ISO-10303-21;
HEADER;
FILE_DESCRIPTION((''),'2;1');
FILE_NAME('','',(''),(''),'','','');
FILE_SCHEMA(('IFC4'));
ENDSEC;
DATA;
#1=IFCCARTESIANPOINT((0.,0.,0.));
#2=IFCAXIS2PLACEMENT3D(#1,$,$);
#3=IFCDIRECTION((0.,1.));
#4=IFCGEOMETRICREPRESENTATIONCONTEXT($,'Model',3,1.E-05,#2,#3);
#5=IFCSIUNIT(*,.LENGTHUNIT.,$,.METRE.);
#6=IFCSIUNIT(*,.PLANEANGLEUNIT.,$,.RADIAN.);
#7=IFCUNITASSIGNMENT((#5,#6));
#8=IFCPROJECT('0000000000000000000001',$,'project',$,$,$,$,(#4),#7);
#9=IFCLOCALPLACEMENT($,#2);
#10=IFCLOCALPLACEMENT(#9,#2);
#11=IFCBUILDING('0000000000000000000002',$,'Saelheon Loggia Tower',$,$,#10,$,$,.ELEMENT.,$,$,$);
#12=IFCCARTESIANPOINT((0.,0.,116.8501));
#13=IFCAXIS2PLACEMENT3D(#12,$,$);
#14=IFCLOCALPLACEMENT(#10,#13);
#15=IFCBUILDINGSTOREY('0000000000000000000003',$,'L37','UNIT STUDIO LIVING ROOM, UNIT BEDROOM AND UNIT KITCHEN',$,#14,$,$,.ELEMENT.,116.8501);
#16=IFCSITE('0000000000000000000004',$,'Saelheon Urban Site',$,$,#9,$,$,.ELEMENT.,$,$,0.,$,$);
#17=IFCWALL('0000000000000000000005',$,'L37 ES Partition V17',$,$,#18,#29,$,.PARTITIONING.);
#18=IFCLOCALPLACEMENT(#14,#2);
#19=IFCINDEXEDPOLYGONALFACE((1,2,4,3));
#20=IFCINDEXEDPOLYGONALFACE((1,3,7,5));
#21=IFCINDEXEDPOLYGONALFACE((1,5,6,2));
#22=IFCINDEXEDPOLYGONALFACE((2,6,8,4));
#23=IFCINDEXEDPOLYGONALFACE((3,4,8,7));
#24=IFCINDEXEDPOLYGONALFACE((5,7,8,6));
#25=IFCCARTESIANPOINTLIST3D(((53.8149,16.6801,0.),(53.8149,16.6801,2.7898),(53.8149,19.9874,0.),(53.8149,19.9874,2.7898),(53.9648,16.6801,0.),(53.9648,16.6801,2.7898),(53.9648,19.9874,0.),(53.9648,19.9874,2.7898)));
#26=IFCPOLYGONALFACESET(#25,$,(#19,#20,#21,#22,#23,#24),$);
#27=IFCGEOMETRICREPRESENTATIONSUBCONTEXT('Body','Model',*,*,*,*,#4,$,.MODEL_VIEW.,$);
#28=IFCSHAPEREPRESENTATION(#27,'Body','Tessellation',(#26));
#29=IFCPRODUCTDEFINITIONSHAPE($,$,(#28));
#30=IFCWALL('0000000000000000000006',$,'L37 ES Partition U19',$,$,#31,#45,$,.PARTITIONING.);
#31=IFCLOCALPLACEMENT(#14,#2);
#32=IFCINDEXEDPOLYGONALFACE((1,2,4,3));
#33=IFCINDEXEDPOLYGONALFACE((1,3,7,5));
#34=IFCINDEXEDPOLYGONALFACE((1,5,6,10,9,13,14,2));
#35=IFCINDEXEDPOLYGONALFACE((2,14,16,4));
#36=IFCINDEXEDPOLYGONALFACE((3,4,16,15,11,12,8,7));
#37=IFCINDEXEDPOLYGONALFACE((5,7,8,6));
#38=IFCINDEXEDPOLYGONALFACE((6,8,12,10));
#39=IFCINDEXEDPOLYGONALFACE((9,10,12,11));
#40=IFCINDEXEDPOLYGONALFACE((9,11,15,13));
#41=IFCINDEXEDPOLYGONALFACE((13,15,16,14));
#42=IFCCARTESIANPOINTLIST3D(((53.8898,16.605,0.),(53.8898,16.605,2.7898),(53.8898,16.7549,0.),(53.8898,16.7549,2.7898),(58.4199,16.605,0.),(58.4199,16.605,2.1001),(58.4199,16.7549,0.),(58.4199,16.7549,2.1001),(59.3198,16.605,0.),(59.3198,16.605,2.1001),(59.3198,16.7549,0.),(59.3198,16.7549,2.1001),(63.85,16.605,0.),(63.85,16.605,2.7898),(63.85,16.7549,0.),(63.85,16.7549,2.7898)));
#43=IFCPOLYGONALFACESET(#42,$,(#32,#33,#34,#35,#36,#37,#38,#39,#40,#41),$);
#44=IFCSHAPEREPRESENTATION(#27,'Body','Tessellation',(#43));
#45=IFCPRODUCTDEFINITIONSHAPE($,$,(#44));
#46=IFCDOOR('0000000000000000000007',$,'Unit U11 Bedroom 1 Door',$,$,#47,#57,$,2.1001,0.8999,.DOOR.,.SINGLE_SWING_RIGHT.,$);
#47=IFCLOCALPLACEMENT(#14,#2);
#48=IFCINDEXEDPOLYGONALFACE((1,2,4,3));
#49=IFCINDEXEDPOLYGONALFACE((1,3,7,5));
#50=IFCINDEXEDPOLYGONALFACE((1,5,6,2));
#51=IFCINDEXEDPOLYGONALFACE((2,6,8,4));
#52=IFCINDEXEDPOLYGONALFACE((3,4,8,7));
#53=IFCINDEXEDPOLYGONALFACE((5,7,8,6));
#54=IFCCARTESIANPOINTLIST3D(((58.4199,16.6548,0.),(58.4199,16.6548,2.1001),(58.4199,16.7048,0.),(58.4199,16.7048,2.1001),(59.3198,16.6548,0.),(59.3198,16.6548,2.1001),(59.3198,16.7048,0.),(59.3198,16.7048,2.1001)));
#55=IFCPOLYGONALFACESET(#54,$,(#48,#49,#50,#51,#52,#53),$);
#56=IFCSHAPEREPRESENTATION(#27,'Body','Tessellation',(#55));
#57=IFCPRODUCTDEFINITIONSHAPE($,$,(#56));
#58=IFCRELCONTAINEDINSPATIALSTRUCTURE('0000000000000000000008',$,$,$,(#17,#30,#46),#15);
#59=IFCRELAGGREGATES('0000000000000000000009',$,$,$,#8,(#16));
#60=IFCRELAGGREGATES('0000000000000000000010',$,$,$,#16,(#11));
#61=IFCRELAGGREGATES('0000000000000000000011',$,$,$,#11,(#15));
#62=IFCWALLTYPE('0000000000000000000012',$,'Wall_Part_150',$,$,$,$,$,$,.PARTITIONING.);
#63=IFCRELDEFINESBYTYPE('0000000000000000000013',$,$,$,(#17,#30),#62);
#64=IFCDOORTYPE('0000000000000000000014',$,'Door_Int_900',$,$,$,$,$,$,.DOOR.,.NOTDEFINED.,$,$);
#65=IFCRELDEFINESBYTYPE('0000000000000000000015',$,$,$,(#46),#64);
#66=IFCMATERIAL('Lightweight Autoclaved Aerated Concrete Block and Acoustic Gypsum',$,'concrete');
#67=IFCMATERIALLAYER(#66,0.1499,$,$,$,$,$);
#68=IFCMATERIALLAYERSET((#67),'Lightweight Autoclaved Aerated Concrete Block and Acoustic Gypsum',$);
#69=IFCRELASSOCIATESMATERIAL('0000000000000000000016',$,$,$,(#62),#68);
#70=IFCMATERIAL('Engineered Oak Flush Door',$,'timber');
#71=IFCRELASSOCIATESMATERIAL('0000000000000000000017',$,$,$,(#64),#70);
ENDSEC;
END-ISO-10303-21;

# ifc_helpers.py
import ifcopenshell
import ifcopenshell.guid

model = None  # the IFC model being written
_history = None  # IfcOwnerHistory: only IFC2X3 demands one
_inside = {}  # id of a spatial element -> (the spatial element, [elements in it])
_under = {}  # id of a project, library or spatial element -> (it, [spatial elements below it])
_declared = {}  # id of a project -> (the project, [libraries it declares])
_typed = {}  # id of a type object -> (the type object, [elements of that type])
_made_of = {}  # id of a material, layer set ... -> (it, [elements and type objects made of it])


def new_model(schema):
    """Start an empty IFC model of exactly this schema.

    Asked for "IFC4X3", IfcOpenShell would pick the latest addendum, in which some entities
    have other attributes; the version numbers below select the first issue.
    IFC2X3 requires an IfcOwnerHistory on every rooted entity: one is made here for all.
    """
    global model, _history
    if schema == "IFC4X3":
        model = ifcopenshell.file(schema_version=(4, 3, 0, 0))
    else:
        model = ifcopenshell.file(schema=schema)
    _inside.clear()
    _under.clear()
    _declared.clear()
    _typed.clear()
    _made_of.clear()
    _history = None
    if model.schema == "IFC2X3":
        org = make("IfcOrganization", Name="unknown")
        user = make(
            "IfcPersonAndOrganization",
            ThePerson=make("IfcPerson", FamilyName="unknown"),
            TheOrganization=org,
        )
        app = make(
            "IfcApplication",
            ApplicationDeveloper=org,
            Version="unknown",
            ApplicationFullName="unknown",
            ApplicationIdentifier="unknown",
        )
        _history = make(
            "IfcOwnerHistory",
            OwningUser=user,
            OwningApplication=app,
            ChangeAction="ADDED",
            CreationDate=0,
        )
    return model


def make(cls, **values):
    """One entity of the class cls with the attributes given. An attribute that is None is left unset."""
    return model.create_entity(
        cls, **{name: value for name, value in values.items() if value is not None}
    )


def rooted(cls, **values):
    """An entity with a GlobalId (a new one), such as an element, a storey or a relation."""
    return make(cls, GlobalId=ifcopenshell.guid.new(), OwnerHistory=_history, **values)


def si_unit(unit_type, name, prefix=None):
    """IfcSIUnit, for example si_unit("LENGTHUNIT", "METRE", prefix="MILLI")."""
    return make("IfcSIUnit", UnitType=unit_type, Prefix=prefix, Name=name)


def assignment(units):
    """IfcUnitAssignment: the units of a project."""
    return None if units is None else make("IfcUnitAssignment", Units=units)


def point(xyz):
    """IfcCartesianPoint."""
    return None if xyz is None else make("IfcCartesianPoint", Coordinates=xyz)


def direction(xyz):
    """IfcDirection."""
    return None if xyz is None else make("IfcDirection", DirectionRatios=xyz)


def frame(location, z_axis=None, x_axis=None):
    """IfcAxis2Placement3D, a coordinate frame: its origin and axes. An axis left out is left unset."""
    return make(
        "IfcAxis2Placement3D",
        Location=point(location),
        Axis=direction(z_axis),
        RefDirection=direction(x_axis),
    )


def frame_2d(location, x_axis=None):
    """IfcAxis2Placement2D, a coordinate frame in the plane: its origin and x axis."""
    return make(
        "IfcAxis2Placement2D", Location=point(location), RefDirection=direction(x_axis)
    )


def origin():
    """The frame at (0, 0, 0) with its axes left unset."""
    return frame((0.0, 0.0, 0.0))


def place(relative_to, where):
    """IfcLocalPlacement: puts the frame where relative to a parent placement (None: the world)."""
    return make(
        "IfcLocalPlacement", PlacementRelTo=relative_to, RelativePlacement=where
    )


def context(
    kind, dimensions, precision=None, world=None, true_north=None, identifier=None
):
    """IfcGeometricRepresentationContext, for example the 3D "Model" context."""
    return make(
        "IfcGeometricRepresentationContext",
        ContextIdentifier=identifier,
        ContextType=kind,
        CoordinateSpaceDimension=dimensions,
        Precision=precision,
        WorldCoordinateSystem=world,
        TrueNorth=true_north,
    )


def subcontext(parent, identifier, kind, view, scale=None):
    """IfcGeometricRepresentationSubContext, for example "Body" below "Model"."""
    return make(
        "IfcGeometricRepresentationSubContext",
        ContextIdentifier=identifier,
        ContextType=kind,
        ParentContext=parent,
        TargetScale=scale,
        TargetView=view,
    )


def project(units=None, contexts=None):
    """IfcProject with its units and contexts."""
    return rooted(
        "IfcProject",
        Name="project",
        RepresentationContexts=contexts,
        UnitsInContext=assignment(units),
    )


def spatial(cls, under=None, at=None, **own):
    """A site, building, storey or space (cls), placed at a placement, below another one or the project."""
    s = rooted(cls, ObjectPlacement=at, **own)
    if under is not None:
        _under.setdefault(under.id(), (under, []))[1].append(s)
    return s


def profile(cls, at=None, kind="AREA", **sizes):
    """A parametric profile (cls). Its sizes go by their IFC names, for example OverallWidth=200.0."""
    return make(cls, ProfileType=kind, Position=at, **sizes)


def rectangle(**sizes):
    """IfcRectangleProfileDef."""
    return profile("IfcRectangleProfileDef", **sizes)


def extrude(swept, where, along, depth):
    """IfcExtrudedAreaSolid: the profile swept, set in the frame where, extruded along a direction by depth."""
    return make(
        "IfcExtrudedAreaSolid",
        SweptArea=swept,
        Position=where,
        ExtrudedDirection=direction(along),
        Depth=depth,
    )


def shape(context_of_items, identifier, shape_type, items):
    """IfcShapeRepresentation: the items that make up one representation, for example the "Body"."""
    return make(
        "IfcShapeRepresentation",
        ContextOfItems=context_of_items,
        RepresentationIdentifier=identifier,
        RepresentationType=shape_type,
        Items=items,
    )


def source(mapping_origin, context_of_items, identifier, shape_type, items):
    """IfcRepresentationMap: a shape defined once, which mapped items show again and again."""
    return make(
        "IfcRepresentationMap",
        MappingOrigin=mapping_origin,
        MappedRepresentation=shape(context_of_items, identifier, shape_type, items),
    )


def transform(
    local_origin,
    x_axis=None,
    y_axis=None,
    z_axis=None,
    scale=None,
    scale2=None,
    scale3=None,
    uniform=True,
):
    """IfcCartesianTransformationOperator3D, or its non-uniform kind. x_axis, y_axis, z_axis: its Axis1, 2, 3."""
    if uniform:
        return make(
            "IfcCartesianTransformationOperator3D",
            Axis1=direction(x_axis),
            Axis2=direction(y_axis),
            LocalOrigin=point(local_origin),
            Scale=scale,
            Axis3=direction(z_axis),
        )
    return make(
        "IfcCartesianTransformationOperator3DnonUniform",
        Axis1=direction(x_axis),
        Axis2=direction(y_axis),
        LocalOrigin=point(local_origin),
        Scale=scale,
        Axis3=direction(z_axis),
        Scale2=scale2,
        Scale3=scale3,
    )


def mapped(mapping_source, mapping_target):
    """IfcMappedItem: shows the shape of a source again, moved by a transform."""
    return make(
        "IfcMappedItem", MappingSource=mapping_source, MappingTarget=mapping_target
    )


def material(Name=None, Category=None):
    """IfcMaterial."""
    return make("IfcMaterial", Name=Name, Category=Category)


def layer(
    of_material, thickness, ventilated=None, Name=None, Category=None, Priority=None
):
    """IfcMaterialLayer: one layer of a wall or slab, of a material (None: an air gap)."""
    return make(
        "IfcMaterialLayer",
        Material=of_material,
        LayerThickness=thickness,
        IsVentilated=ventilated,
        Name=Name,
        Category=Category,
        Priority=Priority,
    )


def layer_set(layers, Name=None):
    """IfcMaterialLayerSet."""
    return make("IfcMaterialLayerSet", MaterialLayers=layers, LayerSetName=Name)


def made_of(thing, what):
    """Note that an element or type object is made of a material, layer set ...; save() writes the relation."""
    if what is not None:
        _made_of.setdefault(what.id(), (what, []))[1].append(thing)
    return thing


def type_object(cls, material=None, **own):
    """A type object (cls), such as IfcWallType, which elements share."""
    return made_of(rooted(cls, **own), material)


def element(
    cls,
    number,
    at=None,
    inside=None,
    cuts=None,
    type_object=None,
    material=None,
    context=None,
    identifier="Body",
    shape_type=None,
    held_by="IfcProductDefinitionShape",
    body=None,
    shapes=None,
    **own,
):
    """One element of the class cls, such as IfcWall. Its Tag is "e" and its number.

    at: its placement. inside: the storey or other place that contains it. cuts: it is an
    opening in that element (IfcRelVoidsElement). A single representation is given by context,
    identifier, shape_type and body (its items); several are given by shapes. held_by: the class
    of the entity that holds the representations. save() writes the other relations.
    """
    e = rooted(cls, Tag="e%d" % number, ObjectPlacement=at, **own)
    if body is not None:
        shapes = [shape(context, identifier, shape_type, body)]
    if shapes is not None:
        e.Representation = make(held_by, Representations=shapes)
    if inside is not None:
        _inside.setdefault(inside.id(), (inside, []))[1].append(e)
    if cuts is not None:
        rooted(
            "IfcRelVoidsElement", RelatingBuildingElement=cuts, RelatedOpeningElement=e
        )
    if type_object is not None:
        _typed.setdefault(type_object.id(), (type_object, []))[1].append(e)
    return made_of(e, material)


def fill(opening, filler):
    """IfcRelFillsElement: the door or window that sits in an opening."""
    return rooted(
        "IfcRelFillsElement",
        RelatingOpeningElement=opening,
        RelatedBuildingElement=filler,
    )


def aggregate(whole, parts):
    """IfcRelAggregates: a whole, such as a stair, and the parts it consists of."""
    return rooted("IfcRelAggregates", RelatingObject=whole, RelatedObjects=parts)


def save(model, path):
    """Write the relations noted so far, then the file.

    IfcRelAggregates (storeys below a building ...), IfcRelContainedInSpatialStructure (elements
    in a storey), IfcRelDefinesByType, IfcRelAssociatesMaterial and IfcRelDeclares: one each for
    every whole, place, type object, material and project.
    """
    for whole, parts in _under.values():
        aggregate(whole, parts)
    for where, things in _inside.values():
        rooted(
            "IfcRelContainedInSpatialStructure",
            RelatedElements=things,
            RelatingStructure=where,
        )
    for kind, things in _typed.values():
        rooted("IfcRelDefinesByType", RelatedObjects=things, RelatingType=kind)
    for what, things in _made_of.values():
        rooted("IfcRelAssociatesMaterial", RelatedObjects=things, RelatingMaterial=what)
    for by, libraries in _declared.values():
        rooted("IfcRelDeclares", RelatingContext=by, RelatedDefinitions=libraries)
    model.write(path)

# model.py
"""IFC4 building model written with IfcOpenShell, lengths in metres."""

from ifc_helpers import new_model, si_unit, direction, frame, frame_2d, origin, place, context, subcontext, project, spatial, rectangle, extrude, source, transform, mapped, material, layer, layer_set, type_object, element, fill, save


model = new_model("IFC4")

# Units and contexts
model_context = context("Model", 3, precision=1e-05, world=origin(), true_north=direction((0.0, 1.0)))
body_context = subcontext(model_context, "Body", "Model", "MODEL_VIEW")
ifc_project = project(units=[si_unit("LENGTHUNIT", "METRE"), si_unit("PLANEANGLEUNIT", "RADIAN")], contexts=[model_context])

# Site, building, storey
site_placement = place(None, origin())
site = spatial("IfcSite", under=ifc_project, at=site_placement, Name="Saelheon Urban Site", CompositionType="ELEMENT", RefElevation=0.0)
building_placement = place(site_placement, origin())
building = spatial("IfcBuilding", under=site, at=building_placement, Name="Saelheon Loggia Tower", CompositionType="ELEMENT")
storey_placement = place(building_placement, frame((0.0, 0.0, 116.8501)))
storey = spatial("IfcBuildingStorey", under=building, at=storey_placement, Name="L37", Description="UNIT STUDIO LIVING ROOM, UNIT BEDROOM AND UNIT KITCHEN", CompositionType="ELEMENT", Elevation=116.8501)

# Wall
ifc_material_1 = material(Name="Lightweight Autoclaved Aerated Concrete Block and Acoustic Gypsum", Category="concrete")
ifc_layer_1 = layer(ifc_material_1, 0.1499)
ifc_layer_set_1 = layer_set([ifc_layer_1], Name="Lightweight Autoclaved Aerated Concrete Block and Acoustic Gypsum")
wall_type = type_object("IfcWallType", Name="Wall_Part_150", PredefinedType="PARTITIONING", material=ifc_layer_set_1)
wall_1_placement = place(storey_placement, frame((53.8899, 16.6799, 0.0), z_axis=(0.0, 0.0, 1.0), x_axis=(0.0, 1.0, 0.0)))
element("IfcWall", 1, at=wall_1_placement, inside=storey, type_object=wall_type, Name="L37 ES Partition V17", PredefinedType="PARTITIONING", context=body_context, shape_type="SweptSolid", body=[
    extrude(rectangle(XDim=3.3074, YDim=0.1499, at=frame_2d((1.6538, 0.0))), origin(), (0.0, 0.0, 1.0), 2.7898),
])

# Wall, opening, door
wall_2_placement = place(storey_placement, frame((53.8899, 16.6799, 0.0), z_axis=(0.0, 0.0, 1.0), x_axis=(1.0, 0.0, 0.0)))
wall_2 = element("IfcWall", 2, at=wall_2_placement, inside=storey, type_object=wall_type, Name="L37 ES Partition U19", PredefinedType="PARTITIONING", context=body_context, shape_type="SweptSolid", body=[
    extrude(rectangle(XDim=9.9602, YDim=0.1499, at=frame_2d((4.98, 0.0))), origin(), (0.0, 0.0, 1.0), 2.7898),
])
opening_placement = place(wall_2_placement, frame((4.53, 0.0, 0.0)))
opening = element("IfcOpeningElement", 3, at=opening_placement, cuts=wall_2, PredefinedType="OPENING", context=body_context, shape_type="SweptSolid", body=[
    extrude(rectangle(XDim=0.8999, YDim=2.1001, at=frame_2d((0.45, 1.05))), frame((0.0, 0.0869, 0.0), z_axis=(0.0, -1.0, 0.0), x_axis=(1.0, 0.0, 0.0)), (0.0, 0.0, 1.0), 0.1738),
])
ifc_material_2 = material(Name="Engineered Oak Flush Door", Category="timber")
door_type = type_object("IfcDoorType", Name="Door_Int_900", OperationType="NOTDEFINED", PredefinedType="DOOR", material=ifc_material_2)
shared_shape_1 = source(origin(), body_context, "Body", "SweptSolid", [
    extrude(rectangle(XDim=0.8999, YDim=2.1001, at=frame_2d((0.45, 1.05))), frame((0.0, 0.0249, 0.0), z_axis=(0.0, -1.0, 0.0), x_axis=(1.0, 0.0, 0.0)), (0.0, 0.0, 1.0), 0.05),
])
door_placement = place(opening_placement, origin())
door = element("IfcDoor", 4, at=door_placement, inside=storey, type_object=door_type, Name="Unit U11 Bedroom 1 Door", OperationType="SINGLE_SWING_RIGHT", OverallHeight=2.1001, OverallWidth=0.8999, PredefinedType="DOOR", context=body_context, shape_type="MappedRepresentation", body=[
    mapped(shared_shape_1, transform((0.0, 0.0, 0.0), scale=1.0)),
])
fill(opening, door)

save(model, "model.ifc")
